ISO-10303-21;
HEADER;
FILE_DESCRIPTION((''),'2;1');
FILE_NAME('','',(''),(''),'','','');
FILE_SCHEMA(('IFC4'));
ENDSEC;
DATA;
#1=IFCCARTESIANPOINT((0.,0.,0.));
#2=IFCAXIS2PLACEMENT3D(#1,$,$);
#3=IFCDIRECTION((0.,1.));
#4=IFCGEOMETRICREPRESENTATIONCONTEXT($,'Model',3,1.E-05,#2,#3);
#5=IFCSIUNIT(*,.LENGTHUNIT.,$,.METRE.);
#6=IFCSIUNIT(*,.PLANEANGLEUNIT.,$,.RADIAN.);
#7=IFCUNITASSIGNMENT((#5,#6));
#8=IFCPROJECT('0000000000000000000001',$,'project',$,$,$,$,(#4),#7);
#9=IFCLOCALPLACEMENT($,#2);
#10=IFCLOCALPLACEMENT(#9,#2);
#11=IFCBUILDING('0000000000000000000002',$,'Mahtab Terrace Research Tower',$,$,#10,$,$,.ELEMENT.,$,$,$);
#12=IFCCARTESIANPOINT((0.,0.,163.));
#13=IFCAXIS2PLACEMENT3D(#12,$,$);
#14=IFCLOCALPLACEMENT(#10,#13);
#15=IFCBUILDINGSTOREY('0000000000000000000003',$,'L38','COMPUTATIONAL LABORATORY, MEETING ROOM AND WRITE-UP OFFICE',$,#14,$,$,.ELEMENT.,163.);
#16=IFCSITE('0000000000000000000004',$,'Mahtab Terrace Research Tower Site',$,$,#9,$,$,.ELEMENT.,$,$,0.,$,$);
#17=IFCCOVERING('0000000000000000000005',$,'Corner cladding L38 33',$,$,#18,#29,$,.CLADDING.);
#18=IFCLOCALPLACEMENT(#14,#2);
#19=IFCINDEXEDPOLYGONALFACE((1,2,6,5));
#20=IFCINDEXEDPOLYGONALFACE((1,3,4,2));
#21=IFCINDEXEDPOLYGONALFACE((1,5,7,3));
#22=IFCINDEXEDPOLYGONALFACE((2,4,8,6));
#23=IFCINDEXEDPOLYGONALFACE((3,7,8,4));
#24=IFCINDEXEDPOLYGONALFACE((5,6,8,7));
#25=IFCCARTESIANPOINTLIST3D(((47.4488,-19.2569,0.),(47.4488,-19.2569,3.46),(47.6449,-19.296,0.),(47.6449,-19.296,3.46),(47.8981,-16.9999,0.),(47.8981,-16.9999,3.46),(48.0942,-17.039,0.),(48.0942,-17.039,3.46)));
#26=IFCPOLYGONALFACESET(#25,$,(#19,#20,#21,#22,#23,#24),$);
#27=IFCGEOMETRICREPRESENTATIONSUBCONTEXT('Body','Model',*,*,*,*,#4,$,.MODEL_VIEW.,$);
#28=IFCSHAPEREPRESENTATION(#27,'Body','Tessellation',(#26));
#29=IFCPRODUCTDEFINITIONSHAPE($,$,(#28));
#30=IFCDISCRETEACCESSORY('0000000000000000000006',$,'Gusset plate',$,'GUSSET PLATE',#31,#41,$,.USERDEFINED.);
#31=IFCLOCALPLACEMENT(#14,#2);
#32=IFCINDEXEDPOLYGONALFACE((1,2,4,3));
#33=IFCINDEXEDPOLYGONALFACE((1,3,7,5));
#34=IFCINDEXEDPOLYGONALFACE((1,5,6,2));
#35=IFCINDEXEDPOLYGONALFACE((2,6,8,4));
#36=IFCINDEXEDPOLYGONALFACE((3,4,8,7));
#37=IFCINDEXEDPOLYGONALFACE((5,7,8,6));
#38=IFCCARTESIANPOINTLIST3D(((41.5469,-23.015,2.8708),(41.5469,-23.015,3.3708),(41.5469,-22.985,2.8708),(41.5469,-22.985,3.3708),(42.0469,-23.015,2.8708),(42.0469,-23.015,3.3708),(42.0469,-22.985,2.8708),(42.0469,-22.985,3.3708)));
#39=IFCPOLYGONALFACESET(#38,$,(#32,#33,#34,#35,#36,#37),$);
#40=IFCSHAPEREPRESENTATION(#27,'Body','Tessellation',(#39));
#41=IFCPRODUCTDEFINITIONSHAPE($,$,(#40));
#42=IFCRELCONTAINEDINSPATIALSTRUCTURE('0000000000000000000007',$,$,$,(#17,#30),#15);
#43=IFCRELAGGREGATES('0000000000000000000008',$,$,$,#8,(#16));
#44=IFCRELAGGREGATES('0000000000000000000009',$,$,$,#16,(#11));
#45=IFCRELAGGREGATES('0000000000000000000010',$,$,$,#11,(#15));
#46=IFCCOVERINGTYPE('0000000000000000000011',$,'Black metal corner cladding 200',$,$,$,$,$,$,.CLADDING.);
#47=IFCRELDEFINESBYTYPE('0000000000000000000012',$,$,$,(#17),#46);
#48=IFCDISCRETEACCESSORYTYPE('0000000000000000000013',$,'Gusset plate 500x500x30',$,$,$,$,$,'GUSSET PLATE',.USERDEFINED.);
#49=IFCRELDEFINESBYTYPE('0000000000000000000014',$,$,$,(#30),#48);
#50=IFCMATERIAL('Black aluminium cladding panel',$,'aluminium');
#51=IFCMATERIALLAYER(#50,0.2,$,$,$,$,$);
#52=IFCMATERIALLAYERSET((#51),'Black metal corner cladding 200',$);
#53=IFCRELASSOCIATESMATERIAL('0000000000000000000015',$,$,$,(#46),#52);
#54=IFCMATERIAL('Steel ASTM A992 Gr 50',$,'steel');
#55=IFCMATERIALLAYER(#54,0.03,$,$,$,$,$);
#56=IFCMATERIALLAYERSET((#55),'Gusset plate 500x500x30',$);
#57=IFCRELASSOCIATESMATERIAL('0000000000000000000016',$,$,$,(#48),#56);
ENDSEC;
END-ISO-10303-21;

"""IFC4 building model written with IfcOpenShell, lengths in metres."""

from ifc_helpers import new_model, si_unit, direction, frame, origin, origin_2d, place, context, subcontext, project, spatial, rectangle, extrude, material, layer, layer_set, type_object, element, save


model = new_model("IFC4")

# Units and contexts
model_context = context("Model", 3, precision=1e-05, world=origin(), true_north=direction((0.0, 1.0)))
body_context = subcontext(model_context, "Body", "Model", "MODEL_VIEW")
ifc_project = project(units=[si_unit("LENGTHUNIT", "METRE"), si_unit("PLANEANGLEUNIT", "RADIAN")], contexts=[model_context])

# Site, building, storey
site_placement = place(None, origin())
site = spatial("IfcSite", under=ifc_project, at=site_placement, Name="Mahtab Terrace Research Tower Site", CompositionType="ELEMENT", RefElevation=0.0)
building_placement = place(site_placement, origin())
building = spatial("IfcBuilding", under=site, at=building_placement, Name="Mahtab Terrace Research Tower", CompositionType="ELEMENT")
storey_placement = place(building_placement, frame((0.0, 0.0, 163.0)))
storey = spatial("IfcBuildingStorey", under=building, at=storey_placement, Name="L38", Description="COMPUTATIONAL LABORATORY, MEETING ROOM AND WRITE-UP OFFICE", CompositionType="ELEMENT", Elevation=163.0)

# Shared definitions
ifc_material_1 = material(Name="Steel ASTM A992 Gr 50", Category="steel")

# Covering
ifc_material_2 = material(Name="Black aluminium cladding panel", Category="aluminium")
ifc_layer_1 = layer(ifc_material_2, 0.2)
ifc_layer_set_1 = layer_set([ifc_layer_1], Name="Black metal corner cladding 200")
covering_type = type_object("IfcCoveringType", Name="Black metal corner cladding 200", PredefinedType="CLADDING", material=ifc_layer_set_1)
for number, where, z_axis, x_axis, name in (
    (1, (47.7715, -18.1479, 0.0), (0.0, 0.0, 1.0), (0.195212, 0.980761, 0.0), "Corner cladding L38 33"),
):
    element("IfcCovering", number, at=place(storey_placement, frame(where, z_axis=z_axis, x_axis=x_axis)), inside=storey, type_object=covering_type, Name=name, PredefinedType="CLADDING", context=body_context, shape_type="SweptSolid", body=[
        extrude(rectangle(XDim=2.3013, YDim=0.2, at=origin_2d()), origin(), (0.0, 0.0, 1.0), 3.46),
    ])

# Discrete accessory
ifc_layer_2 = layer(ifc_material_1, 0.03)
ifc_layer_set_2 = layer_set([ifc_layer_2], Name="Gusset plate 500x500x30")
discrete_accessory_type = type_object("IfcDiscreteAccessoryType", Name="Gusset plate 500x500x30", ElementType="GUSSET PLATE", PredefinedType="USERDEFINED", material=ifc_layer_set_2)
discrete_accessory_placement = place(storey_placement, frame((41.7969, -23.0, 2.8708), z_axis=(0.0, 0.0, 1.0), x_axis=(1.0, 0.0, 0.0)))
element("IfcDiscreteAccessory", 2, at=discrete_accessory_placement, inside=storey, type_object=discrete_accessory_type, Name="Gusset plate", ObjectType="GUSSET PLATE", PredefinedType="USERDEFINED", context=body_context, shape_type="SweptSolid", body=[
    extrude(rectangle(XDim=0.5, YDim=0.03, at=origin_2d()), origin(), (0.0, 0.0, 1.0), 0.5),
])

save(model, "model.ifc")
